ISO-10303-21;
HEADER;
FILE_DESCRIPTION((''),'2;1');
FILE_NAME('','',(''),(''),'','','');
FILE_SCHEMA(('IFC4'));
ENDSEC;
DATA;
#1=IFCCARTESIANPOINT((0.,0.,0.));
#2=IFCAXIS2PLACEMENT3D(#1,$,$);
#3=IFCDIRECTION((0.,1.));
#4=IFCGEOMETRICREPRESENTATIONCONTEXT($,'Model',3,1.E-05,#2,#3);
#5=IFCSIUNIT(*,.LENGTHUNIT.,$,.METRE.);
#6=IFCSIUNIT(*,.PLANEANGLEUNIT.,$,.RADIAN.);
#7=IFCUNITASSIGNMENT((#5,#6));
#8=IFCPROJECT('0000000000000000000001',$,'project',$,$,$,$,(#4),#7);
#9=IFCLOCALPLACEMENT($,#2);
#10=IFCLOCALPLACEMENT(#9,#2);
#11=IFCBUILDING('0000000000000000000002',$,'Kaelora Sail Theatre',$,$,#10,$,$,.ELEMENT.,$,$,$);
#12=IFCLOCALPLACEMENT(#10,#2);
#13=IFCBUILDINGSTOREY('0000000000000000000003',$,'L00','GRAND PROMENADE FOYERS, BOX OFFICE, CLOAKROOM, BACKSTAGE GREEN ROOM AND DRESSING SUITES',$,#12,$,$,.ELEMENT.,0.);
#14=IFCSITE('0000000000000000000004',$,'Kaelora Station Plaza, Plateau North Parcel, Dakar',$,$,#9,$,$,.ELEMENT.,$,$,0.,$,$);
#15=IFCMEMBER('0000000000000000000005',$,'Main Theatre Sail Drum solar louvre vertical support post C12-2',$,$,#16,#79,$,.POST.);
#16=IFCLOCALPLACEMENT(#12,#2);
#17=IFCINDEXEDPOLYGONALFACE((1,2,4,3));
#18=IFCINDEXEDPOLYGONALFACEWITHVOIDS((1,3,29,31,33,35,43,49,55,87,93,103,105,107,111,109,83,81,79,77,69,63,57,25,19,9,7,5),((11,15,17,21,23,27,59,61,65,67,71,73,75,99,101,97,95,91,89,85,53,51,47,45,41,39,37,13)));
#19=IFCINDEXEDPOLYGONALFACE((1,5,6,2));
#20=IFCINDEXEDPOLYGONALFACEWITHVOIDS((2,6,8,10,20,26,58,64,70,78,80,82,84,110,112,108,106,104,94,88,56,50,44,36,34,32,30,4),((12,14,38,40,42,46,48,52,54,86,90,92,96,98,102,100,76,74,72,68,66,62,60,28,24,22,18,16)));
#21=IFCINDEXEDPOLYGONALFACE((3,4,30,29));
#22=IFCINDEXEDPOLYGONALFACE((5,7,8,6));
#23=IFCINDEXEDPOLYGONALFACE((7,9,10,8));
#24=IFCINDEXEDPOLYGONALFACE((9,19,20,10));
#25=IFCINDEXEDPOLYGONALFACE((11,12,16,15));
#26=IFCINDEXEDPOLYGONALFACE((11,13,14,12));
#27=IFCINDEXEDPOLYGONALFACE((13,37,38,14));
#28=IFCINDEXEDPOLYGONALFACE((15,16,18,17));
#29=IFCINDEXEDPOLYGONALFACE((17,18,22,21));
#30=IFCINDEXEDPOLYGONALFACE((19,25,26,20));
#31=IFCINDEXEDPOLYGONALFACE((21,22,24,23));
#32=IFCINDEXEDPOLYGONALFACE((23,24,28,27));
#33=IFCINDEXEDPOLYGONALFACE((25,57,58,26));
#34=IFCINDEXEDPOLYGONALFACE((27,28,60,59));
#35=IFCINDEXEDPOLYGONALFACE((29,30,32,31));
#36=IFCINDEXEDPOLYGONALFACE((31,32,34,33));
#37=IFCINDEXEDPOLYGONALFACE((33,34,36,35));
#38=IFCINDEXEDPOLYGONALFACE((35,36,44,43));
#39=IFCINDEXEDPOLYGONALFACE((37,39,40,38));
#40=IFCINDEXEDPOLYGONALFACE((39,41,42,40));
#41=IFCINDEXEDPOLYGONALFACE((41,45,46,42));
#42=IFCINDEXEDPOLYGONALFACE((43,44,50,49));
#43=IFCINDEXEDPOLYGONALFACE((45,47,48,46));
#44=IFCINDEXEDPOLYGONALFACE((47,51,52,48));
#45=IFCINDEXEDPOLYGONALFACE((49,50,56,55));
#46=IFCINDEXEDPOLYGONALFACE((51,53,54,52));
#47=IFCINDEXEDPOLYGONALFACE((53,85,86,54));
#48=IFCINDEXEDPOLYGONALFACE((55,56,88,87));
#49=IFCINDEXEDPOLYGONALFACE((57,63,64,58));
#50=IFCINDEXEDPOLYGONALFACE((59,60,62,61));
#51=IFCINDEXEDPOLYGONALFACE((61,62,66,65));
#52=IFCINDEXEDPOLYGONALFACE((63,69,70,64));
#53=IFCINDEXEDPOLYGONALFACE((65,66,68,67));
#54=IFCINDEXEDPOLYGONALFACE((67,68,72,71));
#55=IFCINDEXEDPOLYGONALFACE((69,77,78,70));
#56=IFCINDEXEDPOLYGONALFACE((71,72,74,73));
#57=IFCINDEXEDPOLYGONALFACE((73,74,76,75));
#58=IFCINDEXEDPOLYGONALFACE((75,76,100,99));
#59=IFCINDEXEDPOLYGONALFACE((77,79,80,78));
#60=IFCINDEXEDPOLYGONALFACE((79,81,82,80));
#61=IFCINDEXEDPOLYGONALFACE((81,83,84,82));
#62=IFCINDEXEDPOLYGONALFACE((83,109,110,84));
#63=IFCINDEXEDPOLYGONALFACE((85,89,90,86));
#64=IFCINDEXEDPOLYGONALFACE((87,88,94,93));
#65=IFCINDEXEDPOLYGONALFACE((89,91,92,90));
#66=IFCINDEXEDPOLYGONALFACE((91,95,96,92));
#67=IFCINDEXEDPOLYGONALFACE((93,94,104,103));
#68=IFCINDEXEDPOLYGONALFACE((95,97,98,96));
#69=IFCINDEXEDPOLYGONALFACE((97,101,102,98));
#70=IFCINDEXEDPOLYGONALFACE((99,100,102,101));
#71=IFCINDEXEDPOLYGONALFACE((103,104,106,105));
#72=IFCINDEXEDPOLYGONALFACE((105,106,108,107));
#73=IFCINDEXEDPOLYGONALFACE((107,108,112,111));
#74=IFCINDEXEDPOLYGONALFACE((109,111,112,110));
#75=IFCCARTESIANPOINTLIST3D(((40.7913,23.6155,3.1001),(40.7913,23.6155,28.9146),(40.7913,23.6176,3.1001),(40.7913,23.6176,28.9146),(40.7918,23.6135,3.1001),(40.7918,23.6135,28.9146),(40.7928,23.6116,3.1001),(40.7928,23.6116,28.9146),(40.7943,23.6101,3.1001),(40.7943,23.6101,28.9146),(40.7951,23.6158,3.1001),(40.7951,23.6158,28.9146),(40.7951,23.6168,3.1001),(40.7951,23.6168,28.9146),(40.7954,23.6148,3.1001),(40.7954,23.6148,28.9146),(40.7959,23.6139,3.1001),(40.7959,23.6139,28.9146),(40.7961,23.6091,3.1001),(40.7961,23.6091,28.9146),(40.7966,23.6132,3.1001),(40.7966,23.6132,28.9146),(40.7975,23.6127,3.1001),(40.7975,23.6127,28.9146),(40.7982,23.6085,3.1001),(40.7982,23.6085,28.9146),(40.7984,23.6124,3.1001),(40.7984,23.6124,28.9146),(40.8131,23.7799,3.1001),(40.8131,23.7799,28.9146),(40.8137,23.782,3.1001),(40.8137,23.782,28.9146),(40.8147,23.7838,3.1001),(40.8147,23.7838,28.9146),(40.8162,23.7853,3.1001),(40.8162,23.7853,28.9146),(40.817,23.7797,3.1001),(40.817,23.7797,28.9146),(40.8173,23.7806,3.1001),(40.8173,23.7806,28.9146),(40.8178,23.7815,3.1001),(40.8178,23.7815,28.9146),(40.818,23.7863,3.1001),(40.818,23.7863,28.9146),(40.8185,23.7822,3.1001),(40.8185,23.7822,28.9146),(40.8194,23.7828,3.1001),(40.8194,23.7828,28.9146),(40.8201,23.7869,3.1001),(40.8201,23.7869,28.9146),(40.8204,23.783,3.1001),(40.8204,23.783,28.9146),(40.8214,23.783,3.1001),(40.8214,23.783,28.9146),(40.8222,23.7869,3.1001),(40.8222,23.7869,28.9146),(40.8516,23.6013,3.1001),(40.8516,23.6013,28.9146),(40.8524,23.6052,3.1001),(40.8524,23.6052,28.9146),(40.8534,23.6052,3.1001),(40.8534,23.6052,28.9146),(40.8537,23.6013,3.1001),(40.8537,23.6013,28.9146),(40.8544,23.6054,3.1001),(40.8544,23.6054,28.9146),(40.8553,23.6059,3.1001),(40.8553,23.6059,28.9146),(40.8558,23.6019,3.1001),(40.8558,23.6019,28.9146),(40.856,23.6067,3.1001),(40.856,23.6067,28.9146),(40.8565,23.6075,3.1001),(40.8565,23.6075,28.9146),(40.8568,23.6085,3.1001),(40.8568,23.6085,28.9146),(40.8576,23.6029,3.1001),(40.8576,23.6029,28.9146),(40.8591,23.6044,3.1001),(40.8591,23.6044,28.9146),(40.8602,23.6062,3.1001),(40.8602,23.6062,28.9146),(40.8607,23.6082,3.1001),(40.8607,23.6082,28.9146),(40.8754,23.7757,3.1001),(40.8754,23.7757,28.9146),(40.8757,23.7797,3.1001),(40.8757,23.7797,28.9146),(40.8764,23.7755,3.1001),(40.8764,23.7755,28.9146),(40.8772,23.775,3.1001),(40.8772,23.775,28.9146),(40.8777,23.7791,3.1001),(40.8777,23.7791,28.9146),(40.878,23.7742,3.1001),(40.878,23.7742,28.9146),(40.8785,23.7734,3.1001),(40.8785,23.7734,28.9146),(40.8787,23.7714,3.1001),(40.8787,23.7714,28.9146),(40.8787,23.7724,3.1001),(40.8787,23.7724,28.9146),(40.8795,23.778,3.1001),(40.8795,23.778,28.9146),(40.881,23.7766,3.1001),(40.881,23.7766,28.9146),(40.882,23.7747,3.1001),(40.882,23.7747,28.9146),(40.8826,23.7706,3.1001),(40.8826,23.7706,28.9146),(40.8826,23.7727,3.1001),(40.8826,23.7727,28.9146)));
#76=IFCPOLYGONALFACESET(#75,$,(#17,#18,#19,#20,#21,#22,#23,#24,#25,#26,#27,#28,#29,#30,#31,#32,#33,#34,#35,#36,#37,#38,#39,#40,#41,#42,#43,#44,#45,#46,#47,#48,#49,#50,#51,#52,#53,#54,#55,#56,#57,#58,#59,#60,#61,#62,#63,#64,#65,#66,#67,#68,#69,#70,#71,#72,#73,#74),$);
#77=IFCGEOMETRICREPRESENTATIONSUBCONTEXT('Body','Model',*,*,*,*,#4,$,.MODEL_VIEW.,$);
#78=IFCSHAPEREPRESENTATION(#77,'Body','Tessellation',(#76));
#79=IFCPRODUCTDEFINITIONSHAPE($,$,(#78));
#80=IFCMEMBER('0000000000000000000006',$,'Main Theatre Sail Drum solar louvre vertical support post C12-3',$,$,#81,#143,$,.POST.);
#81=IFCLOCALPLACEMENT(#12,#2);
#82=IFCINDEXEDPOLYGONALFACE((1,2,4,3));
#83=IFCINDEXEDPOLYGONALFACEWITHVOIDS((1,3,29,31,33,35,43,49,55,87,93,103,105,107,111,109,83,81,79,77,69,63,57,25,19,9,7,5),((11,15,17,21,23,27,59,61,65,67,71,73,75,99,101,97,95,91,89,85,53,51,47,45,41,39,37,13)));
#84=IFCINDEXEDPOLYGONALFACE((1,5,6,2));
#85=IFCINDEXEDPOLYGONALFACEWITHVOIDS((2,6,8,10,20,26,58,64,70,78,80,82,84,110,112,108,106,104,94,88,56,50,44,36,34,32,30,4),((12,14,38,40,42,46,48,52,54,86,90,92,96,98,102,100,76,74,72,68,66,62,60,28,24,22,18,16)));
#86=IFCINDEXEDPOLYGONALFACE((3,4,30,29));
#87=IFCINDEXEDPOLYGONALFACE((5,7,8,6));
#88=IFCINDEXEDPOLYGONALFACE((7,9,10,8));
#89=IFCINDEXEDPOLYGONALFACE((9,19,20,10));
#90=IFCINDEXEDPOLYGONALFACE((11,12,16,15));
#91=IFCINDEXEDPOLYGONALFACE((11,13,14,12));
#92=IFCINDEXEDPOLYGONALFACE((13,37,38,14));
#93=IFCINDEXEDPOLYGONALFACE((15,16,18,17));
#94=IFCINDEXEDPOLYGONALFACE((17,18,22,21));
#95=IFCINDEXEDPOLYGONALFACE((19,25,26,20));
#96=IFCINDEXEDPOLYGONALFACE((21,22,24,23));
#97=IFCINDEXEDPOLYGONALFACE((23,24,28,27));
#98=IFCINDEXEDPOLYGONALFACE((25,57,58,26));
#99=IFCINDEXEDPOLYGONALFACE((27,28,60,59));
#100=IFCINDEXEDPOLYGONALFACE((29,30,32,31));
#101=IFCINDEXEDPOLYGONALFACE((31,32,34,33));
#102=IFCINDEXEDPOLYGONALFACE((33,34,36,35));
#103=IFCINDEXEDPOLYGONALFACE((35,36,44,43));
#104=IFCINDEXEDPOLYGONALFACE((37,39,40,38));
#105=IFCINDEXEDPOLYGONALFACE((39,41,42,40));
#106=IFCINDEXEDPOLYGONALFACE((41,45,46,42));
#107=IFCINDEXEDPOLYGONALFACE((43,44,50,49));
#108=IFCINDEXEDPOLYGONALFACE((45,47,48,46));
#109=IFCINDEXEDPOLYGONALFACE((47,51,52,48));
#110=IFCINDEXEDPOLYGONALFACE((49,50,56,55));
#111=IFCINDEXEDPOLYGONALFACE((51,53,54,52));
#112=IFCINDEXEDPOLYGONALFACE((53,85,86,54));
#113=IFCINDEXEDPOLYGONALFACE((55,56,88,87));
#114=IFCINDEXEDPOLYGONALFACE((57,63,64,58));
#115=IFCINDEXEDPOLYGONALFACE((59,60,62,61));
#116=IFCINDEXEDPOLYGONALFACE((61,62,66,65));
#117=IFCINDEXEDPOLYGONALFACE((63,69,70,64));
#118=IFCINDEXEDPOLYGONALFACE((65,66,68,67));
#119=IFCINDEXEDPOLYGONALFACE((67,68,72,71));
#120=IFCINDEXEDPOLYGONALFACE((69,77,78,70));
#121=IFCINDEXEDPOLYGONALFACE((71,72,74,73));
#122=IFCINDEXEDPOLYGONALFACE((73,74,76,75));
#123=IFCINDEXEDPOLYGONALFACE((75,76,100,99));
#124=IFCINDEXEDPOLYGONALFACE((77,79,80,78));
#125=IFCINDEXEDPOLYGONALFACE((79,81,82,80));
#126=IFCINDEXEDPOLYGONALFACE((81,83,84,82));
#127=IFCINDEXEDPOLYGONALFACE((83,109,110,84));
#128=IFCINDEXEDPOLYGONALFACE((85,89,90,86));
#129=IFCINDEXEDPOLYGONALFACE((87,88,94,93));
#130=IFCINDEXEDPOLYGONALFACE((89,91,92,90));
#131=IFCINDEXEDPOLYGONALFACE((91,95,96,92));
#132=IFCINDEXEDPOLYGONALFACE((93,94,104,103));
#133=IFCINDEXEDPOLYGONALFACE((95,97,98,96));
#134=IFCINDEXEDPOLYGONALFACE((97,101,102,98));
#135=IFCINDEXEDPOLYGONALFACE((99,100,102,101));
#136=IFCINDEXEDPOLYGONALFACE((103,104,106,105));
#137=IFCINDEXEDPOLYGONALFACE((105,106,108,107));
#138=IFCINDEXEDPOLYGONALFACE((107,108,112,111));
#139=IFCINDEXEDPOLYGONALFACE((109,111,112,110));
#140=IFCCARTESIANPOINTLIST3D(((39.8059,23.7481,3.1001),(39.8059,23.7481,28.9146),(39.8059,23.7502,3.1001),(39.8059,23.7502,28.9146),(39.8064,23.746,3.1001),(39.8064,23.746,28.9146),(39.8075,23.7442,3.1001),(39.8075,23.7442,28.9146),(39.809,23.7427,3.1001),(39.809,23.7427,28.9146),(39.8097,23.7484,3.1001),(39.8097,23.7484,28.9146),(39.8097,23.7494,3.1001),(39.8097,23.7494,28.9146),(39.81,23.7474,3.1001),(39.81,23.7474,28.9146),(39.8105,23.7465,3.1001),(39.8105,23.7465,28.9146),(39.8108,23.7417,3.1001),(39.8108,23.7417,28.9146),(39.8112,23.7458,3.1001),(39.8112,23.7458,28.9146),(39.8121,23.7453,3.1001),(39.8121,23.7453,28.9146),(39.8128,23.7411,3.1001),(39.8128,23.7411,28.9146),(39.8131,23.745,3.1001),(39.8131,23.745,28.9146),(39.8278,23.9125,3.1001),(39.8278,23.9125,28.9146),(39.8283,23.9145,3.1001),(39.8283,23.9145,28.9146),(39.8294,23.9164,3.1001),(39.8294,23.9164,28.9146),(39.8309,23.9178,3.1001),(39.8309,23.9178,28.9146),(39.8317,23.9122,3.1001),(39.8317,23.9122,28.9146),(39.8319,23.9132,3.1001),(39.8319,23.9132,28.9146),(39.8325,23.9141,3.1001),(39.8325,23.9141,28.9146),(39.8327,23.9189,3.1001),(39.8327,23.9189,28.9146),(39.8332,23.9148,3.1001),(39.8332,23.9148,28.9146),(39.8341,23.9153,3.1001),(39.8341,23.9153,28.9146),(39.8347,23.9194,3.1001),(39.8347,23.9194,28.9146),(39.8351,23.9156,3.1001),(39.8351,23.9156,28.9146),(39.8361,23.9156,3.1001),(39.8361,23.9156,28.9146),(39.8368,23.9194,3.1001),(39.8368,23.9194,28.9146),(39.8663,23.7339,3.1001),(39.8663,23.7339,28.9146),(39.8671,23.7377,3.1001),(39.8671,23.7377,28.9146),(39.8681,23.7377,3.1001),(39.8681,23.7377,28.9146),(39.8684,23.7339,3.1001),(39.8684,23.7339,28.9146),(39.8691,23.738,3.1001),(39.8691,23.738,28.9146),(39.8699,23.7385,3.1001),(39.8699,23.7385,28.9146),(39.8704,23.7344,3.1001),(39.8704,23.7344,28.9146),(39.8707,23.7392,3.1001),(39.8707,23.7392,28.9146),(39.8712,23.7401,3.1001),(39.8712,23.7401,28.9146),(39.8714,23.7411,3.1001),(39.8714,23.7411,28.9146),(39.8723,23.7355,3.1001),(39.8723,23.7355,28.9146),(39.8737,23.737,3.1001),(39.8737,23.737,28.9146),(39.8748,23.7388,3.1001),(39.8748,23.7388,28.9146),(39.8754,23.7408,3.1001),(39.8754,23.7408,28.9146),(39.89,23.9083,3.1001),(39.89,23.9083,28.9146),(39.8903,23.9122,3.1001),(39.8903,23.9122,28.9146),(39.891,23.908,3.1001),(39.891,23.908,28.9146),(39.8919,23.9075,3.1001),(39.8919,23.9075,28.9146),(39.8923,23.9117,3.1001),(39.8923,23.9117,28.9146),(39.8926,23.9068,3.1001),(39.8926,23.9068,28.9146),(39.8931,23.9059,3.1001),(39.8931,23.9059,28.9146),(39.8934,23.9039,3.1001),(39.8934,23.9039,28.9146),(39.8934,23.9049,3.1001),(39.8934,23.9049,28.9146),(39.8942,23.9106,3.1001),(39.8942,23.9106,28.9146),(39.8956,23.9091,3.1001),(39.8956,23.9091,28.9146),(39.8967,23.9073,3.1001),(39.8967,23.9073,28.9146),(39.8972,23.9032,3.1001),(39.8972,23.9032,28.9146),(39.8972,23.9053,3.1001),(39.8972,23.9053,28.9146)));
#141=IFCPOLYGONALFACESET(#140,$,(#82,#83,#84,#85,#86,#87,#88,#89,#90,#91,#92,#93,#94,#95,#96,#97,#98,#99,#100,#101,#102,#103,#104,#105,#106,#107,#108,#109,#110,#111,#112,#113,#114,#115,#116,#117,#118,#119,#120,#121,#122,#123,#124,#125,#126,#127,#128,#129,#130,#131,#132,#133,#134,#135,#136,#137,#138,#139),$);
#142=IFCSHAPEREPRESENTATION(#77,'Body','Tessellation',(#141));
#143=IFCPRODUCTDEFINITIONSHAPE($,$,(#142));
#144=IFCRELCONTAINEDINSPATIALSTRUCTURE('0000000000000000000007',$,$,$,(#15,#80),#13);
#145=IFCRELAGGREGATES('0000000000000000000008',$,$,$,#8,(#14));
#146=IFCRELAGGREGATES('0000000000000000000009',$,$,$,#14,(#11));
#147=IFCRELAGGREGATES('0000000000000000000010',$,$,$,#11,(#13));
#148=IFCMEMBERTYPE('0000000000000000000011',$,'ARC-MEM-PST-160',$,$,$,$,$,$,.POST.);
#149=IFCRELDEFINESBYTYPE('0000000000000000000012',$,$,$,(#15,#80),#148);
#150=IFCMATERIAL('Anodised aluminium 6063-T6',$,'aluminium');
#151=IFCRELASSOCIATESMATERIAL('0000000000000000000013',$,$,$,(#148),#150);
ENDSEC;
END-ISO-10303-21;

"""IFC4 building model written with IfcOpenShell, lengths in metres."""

from ifc_helpers import new_model, si_unit, direction, frame, origin, origin_2d, place, context, subcontext, project, spatial, hollow_rectangle, extrude, material, material_profile, profile_set, type_object, element, save


model = new_model("IFC4")

# Units and contexts
model_context = context("Model", 3, precision=1e-05, world=origin(), true_north=direction((0.0, 1.0)))
body_context = subcontext(model_context, "Body", "Model", "MODEL_VIEW")
ifc_project = project(units=[si_unit("LENGTHUNIT", "METRE"), si_unit("PLANEANGLEUNIT", "RADIAN")], contexts=[model_context])

# Site, building, storey
site_placement = place(None, origin())
site = spatial("IfcSite", under=ifc_project, at=site_placement, Name="Kaelora Station Plaza, Plateau North Parcel, Dakar", CompositionType="ELEMENT", RefElevation=0.0)
building_placement = place(site_placement, origin())
building = spatial("IfcBuilding", under=site, at=building_placement, Name="Kaelora Sail Theatre", CompositionType="ELEMENT")
storey_placement = place(building_placement, origin())
storey = spatial("IfcBuildingStorey", under=building, at=storey_placement, Name="L00", Description="GRAND PROMENADE FOYERS, BOX OFFICE, CLOAKROOM, BACKSTAGE GREEN ROOM AND DRESSING SUITES", CompositionType="ELEMENT", Elevation=0.0)

# Members
ifc_material_1 = material(Name="Anodised aluminium 6063-T6", Category="aluminium")
ifc_material_profile_1 = material_profile(ifc_material_1, hollow_rectangle(XDim=0.0701, YDim=0.1799, WallThickness=0.0039, InnerFilletRadius=0.0039, OuterFilletRadius=0.0081, at=origin_2d()), Name="ALU-MULL 70x180x4")
ifc_profile_set_1 = profile_set([ifc_material_profile_1], Name="Anodised aluminium 6063-T6")
member_type_1 = type_object("IfcMemberType", Name="ARC-MEM-PST-160", PredefinedType="POST", material=ifc_profile_set_1)
for number, where, z_axis, x_axis, name in (
    (1, (40.8369, 23.6941, 3.1001), (0.0, 0.0, 1.0), (-0.991053, 0.133467, 0.0), "Main Theatre Sail Drum solar louvre vertical support post C12-2"),
    (2, (39.8516, 23.8267, 3.1001), (0.0, 0.0, 1.0), (-0.991053, 0.133467, 0.0), "Main Theatre Sail Drum solar louvre vertical support post C12-3"),
):
    element("IfcMember", number, at=place(storey_placement, frame(where, z_axis=z_axis, x_axis=x_axis)), inside=storey, type_object=member_type_1, Name=name, PredefinedType="POST", context=body_context, shape_type="SweptSolid", body=[
        extrude(hollow_rectangle(XDim=0.0701, YDim=0.1799, WallThickness=0.0039, InnerFilletRadius=0.0039, OuterFilletRadius=0.0081, at=origin_2d()), origin(), (0.0, 0.0, 1.0), 25.8145),
    ])

save(model, "model.ifc")
